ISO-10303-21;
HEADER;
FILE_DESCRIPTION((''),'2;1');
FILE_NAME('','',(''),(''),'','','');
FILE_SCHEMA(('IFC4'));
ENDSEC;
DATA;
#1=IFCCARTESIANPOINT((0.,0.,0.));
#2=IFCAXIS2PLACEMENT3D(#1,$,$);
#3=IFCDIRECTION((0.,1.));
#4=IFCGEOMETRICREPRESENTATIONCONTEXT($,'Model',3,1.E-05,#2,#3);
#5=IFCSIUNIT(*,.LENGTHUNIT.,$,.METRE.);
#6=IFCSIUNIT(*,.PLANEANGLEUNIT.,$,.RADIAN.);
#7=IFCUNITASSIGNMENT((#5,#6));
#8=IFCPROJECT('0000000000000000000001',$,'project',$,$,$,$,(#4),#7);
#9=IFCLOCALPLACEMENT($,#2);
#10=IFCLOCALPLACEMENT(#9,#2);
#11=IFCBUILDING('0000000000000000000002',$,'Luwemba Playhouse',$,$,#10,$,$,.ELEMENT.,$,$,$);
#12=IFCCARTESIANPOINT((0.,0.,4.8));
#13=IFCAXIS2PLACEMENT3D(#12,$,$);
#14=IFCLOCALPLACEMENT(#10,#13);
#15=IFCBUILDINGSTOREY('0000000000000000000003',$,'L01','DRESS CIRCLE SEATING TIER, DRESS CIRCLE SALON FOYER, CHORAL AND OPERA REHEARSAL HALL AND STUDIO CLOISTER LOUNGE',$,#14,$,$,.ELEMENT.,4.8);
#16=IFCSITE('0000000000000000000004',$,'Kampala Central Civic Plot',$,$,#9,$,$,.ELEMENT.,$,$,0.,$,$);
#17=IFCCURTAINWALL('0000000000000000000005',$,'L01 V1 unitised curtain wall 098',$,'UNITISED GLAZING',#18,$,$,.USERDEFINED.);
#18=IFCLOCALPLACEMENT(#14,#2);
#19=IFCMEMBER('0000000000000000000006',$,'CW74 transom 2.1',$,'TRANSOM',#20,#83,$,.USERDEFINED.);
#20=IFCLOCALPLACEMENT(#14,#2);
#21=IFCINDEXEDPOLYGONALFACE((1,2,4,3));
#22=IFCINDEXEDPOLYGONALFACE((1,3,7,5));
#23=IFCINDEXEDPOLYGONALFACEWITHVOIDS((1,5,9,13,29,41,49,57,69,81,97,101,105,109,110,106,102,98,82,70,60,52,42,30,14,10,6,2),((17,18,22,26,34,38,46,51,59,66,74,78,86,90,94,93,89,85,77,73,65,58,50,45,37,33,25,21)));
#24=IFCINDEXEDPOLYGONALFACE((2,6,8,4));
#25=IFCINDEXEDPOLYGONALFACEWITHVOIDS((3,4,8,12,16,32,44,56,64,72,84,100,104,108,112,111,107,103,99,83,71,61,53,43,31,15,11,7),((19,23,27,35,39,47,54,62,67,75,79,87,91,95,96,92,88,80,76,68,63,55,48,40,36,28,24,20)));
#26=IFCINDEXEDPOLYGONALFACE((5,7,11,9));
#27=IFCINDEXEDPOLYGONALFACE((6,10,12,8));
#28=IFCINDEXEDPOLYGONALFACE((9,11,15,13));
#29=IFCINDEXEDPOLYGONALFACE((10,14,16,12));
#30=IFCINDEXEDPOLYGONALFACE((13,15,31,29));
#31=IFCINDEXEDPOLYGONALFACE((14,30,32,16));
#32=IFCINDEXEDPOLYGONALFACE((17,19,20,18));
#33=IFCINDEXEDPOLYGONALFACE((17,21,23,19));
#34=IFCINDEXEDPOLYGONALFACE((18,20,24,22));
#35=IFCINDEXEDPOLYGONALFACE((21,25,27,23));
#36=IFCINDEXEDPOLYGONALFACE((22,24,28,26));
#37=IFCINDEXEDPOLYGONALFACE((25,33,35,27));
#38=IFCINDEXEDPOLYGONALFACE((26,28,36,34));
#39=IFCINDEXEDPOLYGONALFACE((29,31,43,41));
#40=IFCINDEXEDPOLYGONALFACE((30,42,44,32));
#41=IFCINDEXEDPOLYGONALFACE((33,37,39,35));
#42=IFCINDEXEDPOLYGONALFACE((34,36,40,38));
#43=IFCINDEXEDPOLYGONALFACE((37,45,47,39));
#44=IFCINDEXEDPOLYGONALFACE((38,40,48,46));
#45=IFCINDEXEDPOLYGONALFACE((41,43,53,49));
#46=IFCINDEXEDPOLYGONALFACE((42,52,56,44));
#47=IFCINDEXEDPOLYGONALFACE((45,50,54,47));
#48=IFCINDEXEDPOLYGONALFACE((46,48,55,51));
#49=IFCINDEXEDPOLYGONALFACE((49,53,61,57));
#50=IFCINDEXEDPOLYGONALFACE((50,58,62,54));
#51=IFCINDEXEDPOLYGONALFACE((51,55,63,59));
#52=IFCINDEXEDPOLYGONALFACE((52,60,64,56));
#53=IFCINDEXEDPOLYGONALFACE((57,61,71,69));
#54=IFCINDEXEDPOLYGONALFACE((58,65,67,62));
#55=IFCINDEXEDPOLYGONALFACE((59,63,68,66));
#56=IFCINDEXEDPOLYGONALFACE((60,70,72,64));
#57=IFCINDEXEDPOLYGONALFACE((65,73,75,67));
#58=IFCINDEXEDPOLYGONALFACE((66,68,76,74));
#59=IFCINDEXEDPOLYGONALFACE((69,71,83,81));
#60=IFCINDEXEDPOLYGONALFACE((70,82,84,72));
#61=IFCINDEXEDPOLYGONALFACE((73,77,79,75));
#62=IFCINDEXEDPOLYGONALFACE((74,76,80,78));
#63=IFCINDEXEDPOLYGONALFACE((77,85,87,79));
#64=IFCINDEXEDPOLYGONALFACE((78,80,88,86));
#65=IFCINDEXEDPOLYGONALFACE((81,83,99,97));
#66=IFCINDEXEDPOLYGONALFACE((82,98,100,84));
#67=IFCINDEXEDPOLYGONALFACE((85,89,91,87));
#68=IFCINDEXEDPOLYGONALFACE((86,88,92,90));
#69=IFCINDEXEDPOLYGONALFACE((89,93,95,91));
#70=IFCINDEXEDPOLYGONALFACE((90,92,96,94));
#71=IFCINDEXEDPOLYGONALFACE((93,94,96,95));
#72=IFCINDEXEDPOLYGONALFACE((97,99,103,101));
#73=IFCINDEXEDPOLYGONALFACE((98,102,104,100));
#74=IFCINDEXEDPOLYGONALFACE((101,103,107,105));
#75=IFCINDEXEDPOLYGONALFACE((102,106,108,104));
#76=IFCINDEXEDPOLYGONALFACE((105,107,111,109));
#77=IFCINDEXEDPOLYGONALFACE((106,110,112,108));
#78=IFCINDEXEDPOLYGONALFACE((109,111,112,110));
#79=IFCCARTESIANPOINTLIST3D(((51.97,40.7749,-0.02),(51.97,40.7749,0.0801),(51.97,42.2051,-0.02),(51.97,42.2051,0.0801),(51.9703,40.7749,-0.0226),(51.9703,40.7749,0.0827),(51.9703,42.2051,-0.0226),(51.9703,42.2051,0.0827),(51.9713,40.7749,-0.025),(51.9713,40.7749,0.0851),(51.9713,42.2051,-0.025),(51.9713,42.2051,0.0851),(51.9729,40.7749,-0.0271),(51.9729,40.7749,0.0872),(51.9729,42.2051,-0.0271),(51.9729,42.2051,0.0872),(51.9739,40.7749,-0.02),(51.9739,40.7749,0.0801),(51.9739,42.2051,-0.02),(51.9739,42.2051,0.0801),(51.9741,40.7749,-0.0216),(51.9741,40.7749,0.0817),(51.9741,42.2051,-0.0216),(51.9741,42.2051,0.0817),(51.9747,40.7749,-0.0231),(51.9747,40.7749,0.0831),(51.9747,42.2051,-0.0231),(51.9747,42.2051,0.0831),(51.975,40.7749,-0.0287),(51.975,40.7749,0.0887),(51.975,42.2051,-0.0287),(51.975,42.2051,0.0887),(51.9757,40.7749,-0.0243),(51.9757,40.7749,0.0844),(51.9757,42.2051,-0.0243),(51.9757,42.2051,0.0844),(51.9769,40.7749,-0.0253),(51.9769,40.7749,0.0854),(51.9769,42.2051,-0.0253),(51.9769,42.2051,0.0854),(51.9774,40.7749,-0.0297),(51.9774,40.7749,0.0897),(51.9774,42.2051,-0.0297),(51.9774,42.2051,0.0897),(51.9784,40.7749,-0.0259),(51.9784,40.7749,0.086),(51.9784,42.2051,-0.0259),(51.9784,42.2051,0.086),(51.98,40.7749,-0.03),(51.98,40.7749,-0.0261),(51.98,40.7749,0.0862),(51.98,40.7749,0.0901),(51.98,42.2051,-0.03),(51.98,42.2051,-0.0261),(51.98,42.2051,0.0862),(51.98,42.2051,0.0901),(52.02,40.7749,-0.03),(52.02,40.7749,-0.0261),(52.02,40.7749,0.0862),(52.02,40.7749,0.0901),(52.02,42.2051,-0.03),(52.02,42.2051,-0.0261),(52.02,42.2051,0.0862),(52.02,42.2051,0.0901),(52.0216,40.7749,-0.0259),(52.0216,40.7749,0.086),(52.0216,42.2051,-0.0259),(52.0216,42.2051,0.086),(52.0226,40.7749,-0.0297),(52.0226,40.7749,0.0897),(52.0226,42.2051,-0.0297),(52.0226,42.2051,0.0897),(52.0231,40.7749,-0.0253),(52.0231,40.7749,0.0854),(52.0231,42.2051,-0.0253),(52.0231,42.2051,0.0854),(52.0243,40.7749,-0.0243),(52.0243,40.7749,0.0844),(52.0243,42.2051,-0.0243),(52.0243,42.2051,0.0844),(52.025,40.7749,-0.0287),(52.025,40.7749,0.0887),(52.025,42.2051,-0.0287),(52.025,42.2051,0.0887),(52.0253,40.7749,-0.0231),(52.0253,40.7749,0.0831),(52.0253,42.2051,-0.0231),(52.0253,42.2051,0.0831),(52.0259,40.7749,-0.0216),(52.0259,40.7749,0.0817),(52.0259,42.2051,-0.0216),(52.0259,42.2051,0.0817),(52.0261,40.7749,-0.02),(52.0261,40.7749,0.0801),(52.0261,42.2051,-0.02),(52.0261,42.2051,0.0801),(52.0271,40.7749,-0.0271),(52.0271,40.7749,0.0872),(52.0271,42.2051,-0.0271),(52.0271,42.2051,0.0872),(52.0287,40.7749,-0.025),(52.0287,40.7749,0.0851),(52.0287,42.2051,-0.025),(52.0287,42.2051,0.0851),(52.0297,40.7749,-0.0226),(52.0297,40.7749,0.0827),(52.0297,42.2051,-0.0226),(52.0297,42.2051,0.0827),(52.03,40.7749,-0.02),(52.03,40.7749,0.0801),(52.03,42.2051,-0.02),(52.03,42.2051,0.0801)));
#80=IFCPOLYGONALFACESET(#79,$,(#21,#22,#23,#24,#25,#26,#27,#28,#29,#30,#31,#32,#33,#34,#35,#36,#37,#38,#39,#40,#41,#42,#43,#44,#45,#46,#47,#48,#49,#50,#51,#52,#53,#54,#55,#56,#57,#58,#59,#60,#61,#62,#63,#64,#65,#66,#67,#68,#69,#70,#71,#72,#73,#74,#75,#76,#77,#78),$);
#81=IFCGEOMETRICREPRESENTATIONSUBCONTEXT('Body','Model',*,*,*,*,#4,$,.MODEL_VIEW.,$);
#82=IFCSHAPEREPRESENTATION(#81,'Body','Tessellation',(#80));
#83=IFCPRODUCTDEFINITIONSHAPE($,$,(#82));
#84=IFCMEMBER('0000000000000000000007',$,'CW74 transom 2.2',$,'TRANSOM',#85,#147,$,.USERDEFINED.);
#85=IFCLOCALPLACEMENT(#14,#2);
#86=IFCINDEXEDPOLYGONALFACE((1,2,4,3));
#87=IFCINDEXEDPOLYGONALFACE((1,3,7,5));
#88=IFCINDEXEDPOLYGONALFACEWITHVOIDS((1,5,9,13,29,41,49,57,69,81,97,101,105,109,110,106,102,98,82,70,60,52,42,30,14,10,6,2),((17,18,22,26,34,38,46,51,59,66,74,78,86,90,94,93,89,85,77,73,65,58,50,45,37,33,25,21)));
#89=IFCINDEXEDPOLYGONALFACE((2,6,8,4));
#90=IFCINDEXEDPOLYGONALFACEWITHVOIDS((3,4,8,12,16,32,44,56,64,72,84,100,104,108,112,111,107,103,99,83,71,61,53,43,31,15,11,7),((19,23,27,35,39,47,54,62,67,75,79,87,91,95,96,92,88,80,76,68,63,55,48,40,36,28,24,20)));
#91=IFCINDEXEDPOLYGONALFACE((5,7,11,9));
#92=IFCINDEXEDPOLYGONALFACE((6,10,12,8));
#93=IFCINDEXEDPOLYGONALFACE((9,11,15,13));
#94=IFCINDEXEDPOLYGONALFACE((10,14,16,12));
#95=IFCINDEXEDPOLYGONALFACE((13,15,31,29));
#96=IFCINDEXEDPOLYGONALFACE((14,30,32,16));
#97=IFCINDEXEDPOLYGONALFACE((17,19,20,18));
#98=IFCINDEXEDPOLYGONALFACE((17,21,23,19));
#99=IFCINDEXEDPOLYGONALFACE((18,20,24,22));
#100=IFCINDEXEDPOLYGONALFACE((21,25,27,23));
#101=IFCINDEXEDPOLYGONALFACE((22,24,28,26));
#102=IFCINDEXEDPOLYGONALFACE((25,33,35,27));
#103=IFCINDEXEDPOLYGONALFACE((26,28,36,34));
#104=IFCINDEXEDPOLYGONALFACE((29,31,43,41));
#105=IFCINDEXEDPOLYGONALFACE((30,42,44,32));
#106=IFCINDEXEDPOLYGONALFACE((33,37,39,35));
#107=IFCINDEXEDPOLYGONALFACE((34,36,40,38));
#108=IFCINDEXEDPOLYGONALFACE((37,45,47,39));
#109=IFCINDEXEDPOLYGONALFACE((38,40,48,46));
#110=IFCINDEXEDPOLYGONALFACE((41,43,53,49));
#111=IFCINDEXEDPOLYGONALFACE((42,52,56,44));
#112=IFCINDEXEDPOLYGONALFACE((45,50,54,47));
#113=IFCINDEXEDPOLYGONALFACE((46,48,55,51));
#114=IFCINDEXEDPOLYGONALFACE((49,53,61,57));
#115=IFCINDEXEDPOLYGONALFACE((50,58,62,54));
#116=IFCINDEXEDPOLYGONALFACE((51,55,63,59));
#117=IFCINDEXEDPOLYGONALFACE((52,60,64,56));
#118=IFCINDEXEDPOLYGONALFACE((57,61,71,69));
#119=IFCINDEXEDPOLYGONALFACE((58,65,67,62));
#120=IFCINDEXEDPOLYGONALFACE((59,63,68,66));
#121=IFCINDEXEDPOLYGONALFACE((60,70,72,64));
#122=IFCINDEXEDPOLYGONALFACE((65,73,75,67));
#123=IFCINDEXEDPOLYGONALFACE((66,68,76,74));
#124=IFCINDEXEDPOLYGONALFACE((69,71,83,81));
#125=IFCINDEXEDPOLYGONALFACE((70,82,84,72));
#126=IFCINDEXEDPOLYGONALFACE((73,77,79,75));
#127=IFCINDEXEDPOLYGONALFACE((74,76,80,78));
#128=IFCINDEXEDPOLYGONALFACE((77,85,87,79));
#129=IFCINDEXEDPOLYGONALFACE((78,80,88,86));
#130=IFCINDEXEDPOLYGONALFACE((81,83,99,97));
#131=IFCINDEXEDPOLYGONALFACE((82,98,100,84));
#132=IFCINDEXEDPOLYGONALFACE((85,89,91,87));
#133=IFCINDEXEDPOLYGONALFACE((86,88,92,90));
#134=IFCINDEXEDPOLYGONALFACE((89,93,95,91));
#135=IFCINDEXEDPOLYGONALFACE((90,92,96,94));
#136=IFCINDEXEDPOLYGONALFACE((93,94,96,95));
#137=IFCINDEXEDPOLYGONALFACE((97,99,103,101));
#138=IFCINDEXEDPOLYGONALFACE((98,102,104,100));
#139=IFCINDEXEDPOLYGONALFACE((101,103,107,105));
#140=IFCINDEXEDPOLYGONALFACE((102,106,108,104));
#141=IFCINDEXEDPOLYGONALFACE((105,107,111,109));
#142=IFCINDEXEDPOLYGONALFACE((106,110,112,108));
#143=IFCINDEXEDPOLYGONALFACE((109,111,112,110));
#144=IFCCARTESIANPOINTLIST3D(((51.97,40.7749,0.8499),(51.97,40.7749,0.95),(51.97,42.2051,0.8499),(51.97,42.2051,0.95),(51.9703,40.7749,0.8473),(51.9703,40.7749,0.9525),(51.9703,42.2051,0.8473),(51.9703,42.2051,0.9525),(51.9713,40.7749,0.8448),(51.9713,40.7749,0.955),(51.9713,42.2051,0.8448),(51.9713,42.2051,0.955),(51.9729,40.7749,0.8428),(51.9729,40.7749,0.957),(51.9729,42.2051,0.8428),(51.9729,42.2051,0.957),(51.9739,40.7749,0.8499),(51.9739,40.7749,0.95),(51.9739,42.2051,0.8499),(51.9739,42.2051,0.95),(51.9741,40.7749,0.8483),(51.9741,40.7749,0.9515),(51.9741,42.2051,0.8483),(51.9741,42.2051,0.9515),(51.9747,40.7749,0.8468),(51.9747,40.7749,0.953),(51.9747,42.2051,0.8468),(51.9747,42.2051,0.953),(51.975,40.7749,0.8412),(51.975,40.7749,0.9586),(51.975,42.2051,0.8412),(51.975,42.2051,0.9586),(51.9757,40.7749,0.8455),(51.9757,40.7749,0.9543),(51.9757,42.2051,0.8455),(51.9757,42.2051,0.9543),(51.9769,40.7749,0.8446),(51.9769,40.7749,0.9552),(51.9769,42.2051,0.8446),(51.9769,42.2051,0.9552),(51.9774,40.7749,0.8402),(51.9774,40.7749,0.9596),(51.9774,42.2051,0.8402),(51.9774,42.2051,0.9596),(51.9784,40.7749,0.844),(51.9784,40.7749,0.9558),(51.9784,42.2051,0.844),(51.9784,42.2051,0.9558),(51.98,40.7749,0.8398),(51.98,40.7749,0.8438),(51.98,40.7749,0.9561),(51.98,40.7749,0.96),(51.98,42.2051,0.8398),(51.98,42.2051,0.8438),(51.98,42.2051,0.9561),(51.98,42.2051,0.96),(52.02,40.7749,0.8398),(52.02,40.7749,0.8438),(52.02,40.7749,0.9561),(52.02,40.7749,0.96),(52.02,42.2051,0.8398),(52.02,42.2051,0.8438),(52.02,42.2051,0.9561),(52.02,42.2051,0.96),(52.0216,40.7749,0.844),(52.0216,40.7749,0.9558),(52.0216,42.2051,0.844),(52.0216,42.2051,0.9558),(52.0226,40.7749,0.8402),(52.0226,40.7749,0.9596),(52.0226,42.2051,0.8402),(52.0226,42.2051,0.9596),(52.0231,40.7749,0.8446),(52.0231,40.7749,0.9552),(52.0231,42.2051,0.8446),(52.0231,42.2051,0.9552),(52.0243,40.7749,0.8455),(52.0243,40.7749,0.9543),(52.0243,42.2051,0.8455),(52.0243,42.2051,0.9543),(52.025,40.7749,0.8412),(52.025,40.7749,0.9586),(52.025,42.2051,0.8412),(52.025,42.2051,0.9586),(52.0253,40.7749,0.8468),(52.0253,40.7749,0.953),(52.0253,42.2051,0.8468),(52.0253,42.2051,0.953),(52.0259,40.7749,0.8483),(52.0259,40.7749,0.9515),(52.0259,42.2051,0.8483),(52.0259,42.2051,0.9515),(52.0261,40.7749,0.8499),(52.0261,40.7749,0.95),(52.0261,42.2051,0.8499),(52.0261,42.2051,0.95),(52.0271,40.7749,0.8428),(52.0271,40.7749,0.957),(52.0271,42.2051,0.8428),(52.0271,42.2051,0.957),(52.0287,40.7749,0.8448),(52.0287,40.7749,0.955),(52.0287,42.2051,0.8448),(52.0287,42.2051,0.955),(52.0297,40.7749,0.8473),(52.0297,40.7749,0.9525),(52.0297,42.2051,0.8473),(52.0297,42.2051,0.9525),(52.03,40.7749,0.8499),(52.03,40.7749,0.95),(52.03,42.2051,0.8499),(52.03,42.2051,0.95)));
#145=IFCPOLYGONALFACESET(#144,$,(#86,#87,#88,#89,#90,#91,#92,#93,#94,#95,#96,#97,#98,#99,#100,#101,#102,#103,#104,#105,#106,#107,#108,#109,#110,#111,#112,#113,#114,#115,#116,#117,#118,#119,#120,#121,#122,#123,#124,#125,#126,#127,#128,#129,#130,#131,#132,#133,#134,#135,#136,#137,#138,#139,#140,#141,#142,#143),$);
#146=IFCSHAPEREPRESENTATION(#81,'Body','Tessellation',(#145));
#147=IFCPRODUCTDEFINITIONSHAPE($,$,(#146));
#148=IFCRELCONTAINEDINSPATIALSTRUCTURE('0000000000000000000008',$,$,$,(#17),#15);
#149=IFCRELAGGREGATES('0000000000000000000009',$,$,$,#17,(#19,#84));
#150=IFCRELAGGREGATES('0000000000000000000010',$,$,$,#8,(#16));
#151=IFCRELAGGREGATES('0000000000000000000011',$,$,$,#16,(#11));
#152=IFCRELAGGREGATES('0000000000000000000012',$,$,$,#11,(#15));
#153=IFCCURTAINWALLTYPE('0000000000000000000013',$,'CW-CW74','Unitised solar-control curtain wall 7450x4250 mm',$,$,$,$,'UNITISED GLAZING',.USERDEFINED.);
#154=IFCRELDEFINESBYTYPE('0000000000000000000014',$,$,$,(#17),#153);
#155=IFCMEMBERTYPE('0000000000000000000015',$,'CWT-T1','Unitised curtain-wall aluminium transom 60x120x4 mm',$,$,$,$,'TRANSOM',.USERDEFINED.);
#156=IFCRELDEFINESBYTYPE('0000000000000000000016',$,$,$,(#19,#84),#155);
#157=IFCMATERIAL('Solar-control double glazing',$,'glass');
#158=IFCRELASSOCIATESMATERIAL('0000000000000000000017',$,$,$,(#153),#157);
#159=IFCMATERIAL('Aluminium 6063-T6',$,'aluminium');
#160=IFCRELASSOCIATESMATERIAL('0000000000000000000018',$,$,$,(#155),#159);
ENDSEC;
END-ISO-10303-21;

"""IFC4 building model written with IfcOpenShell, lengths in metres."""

from ifc_helpers import new_model, si_unit, direction, frame, origin, origin_2d, place, context, subcontext, project, spatial, hollow_rectangle, extrude, material, material_profile, profile_set, type_object, element, aggregate, save


model = new_model("IFC4")

# Units and contexts
model_context = context("Model", 3, precision=1e-05, world=origin(), true_north=direction((0.0, 1.0)))
body_context = subcontext(model_context, "Body", "Model", "MODEL_VIEW")
ifc_project = project(units=[si_unit("LENGTHUNIT", "METRE"), si_unit("PLANEANGLEUNIT", "RADIAN")], contexts=[model_context])

# Site, building, storey
site_placement = place(None, origin())
site = spatial("IfcSite", under=ifc_project, at=site_placement, Name="Kampala Central Civic Plot", CompositionType="ELEMENT", RefElevation=0.0)
building_placement = place(site_placement, origin())
building = spatial("IfcBuilding", under=site, at=building_placement, Name="Luwemba Playhouse", CompositionType="ELEMENT")
storey_placement = place(building_placement, frame((0.0, 0.0, 4.8)))
storey = spatial("IfcBuildingStorey", under=building, at=storey_placement, Name="L01", Description="DRESS CIRCLE SEATING TIER, DRESS CIRCLE SALON FOYER, CHORAL AND OPERA REHEARSAL HALL AND STUDIO CLOISTER LOUNGE", CompositionType="ELEMENT", Elevation=4.8)

# Curtain wall
ifc_material_1 = material(Name="Solar-control double glazing", Category="glass")
curtain_wall_type_1 = type_object("IfcCurtainWallType", Name="CW-CW74", Description="Unitised solar-control curtain wall 7450x4250 mm", ElementType="UNITISED GLAZING", PredefinedType="USERDEFINED", material=ifc_material_1)
curtain_wall_1_placement = place(storey_placement, origin())
curtain_wall_1 = element("IfcCurtainWall", 1, at=curtain_wall_1_placement, inside=storey, type_object=curtain_wall_type_1, Name="L01 V1 unitised curtain wall 098", ObjectType="UNITISED GLAZING", PredefinedType="USERDEFINED")
ifc_material_2 = material(Name="Aluminium 6063-T6", Category="aluminium")

# Members
ifc_material_profile_1 = material_profile(ifc_material_2, hollow_rectangle(XDim=0.0601, YDim=0.1201, WallThickness=0.0039, InnerFilletRadius=0.0061, OuterFilletRadius=0.01, at=origin_2d()))
ifc_profile_set_1 = profile_set([ifc_material_profile_1], Name="Aluminium 6063-T6")
member_type_1 = type_object("IfcMemberType", Name="CWT-T1", Description="Unitised curtain-wall aluminium transom 60x120x4 mm", ElementType="TRANSOM", PredefinedType="USERDEFINED", material=ifc_profile_set_1)
member_1_placement = place(storey_placement, frame((52.0, 42.2051, 0.03), z_axis=(0.0, -1.0, 0.0), x_axis=(1.0, 0.0, 0.0)))
member_1 = element("IfcMember", 2, at=member_1_placement, type_object=member_type_1, Name="CW74 transom 2.1", ObjectType="TRANSOM", PredefinedType="USERDEFINED", context=body_context, shape_type="SweptSolid", body=[
    extrude(hollow_rectangle(XDim=0.0601, YDim=0.1201, WallThickness=0.0039, InnerFilletRadius=0.0061, OuterFilletRadius=0.01, at=origin_2d()), origin(), (0.0, 0.0, 1.0), 1.4302),
])
member_2_placement = place(storey_placement, frame((52.0, 42.2051, 0.8999), z_axis=(0.0, -1.0, 0.0), x_axis=(1.0, 0.0, 0.0)))
member_2 = element("IfcMember", 3, at=member_2_placement, type_object=member_type_1, Name="CW74 transom 2.2", ObjectType="TRANSOM", PredefinedType="USERDEFINED", context=body_context, shape_type="SweptSolid", body=[
    extrude(hollow_rectangle(XDim=0.0601, YDim=0.1201, WallThickness=0.0039, InnerFilletRadius=0.0061, OuterFilletRadius=0.01, at=origin_2d()), origin(), (0.0, 0.0, 1.0), 1.4302),
])

aggregate(curtain_wall_1, [member_1, member_2])

save(model, "model.ifc")
